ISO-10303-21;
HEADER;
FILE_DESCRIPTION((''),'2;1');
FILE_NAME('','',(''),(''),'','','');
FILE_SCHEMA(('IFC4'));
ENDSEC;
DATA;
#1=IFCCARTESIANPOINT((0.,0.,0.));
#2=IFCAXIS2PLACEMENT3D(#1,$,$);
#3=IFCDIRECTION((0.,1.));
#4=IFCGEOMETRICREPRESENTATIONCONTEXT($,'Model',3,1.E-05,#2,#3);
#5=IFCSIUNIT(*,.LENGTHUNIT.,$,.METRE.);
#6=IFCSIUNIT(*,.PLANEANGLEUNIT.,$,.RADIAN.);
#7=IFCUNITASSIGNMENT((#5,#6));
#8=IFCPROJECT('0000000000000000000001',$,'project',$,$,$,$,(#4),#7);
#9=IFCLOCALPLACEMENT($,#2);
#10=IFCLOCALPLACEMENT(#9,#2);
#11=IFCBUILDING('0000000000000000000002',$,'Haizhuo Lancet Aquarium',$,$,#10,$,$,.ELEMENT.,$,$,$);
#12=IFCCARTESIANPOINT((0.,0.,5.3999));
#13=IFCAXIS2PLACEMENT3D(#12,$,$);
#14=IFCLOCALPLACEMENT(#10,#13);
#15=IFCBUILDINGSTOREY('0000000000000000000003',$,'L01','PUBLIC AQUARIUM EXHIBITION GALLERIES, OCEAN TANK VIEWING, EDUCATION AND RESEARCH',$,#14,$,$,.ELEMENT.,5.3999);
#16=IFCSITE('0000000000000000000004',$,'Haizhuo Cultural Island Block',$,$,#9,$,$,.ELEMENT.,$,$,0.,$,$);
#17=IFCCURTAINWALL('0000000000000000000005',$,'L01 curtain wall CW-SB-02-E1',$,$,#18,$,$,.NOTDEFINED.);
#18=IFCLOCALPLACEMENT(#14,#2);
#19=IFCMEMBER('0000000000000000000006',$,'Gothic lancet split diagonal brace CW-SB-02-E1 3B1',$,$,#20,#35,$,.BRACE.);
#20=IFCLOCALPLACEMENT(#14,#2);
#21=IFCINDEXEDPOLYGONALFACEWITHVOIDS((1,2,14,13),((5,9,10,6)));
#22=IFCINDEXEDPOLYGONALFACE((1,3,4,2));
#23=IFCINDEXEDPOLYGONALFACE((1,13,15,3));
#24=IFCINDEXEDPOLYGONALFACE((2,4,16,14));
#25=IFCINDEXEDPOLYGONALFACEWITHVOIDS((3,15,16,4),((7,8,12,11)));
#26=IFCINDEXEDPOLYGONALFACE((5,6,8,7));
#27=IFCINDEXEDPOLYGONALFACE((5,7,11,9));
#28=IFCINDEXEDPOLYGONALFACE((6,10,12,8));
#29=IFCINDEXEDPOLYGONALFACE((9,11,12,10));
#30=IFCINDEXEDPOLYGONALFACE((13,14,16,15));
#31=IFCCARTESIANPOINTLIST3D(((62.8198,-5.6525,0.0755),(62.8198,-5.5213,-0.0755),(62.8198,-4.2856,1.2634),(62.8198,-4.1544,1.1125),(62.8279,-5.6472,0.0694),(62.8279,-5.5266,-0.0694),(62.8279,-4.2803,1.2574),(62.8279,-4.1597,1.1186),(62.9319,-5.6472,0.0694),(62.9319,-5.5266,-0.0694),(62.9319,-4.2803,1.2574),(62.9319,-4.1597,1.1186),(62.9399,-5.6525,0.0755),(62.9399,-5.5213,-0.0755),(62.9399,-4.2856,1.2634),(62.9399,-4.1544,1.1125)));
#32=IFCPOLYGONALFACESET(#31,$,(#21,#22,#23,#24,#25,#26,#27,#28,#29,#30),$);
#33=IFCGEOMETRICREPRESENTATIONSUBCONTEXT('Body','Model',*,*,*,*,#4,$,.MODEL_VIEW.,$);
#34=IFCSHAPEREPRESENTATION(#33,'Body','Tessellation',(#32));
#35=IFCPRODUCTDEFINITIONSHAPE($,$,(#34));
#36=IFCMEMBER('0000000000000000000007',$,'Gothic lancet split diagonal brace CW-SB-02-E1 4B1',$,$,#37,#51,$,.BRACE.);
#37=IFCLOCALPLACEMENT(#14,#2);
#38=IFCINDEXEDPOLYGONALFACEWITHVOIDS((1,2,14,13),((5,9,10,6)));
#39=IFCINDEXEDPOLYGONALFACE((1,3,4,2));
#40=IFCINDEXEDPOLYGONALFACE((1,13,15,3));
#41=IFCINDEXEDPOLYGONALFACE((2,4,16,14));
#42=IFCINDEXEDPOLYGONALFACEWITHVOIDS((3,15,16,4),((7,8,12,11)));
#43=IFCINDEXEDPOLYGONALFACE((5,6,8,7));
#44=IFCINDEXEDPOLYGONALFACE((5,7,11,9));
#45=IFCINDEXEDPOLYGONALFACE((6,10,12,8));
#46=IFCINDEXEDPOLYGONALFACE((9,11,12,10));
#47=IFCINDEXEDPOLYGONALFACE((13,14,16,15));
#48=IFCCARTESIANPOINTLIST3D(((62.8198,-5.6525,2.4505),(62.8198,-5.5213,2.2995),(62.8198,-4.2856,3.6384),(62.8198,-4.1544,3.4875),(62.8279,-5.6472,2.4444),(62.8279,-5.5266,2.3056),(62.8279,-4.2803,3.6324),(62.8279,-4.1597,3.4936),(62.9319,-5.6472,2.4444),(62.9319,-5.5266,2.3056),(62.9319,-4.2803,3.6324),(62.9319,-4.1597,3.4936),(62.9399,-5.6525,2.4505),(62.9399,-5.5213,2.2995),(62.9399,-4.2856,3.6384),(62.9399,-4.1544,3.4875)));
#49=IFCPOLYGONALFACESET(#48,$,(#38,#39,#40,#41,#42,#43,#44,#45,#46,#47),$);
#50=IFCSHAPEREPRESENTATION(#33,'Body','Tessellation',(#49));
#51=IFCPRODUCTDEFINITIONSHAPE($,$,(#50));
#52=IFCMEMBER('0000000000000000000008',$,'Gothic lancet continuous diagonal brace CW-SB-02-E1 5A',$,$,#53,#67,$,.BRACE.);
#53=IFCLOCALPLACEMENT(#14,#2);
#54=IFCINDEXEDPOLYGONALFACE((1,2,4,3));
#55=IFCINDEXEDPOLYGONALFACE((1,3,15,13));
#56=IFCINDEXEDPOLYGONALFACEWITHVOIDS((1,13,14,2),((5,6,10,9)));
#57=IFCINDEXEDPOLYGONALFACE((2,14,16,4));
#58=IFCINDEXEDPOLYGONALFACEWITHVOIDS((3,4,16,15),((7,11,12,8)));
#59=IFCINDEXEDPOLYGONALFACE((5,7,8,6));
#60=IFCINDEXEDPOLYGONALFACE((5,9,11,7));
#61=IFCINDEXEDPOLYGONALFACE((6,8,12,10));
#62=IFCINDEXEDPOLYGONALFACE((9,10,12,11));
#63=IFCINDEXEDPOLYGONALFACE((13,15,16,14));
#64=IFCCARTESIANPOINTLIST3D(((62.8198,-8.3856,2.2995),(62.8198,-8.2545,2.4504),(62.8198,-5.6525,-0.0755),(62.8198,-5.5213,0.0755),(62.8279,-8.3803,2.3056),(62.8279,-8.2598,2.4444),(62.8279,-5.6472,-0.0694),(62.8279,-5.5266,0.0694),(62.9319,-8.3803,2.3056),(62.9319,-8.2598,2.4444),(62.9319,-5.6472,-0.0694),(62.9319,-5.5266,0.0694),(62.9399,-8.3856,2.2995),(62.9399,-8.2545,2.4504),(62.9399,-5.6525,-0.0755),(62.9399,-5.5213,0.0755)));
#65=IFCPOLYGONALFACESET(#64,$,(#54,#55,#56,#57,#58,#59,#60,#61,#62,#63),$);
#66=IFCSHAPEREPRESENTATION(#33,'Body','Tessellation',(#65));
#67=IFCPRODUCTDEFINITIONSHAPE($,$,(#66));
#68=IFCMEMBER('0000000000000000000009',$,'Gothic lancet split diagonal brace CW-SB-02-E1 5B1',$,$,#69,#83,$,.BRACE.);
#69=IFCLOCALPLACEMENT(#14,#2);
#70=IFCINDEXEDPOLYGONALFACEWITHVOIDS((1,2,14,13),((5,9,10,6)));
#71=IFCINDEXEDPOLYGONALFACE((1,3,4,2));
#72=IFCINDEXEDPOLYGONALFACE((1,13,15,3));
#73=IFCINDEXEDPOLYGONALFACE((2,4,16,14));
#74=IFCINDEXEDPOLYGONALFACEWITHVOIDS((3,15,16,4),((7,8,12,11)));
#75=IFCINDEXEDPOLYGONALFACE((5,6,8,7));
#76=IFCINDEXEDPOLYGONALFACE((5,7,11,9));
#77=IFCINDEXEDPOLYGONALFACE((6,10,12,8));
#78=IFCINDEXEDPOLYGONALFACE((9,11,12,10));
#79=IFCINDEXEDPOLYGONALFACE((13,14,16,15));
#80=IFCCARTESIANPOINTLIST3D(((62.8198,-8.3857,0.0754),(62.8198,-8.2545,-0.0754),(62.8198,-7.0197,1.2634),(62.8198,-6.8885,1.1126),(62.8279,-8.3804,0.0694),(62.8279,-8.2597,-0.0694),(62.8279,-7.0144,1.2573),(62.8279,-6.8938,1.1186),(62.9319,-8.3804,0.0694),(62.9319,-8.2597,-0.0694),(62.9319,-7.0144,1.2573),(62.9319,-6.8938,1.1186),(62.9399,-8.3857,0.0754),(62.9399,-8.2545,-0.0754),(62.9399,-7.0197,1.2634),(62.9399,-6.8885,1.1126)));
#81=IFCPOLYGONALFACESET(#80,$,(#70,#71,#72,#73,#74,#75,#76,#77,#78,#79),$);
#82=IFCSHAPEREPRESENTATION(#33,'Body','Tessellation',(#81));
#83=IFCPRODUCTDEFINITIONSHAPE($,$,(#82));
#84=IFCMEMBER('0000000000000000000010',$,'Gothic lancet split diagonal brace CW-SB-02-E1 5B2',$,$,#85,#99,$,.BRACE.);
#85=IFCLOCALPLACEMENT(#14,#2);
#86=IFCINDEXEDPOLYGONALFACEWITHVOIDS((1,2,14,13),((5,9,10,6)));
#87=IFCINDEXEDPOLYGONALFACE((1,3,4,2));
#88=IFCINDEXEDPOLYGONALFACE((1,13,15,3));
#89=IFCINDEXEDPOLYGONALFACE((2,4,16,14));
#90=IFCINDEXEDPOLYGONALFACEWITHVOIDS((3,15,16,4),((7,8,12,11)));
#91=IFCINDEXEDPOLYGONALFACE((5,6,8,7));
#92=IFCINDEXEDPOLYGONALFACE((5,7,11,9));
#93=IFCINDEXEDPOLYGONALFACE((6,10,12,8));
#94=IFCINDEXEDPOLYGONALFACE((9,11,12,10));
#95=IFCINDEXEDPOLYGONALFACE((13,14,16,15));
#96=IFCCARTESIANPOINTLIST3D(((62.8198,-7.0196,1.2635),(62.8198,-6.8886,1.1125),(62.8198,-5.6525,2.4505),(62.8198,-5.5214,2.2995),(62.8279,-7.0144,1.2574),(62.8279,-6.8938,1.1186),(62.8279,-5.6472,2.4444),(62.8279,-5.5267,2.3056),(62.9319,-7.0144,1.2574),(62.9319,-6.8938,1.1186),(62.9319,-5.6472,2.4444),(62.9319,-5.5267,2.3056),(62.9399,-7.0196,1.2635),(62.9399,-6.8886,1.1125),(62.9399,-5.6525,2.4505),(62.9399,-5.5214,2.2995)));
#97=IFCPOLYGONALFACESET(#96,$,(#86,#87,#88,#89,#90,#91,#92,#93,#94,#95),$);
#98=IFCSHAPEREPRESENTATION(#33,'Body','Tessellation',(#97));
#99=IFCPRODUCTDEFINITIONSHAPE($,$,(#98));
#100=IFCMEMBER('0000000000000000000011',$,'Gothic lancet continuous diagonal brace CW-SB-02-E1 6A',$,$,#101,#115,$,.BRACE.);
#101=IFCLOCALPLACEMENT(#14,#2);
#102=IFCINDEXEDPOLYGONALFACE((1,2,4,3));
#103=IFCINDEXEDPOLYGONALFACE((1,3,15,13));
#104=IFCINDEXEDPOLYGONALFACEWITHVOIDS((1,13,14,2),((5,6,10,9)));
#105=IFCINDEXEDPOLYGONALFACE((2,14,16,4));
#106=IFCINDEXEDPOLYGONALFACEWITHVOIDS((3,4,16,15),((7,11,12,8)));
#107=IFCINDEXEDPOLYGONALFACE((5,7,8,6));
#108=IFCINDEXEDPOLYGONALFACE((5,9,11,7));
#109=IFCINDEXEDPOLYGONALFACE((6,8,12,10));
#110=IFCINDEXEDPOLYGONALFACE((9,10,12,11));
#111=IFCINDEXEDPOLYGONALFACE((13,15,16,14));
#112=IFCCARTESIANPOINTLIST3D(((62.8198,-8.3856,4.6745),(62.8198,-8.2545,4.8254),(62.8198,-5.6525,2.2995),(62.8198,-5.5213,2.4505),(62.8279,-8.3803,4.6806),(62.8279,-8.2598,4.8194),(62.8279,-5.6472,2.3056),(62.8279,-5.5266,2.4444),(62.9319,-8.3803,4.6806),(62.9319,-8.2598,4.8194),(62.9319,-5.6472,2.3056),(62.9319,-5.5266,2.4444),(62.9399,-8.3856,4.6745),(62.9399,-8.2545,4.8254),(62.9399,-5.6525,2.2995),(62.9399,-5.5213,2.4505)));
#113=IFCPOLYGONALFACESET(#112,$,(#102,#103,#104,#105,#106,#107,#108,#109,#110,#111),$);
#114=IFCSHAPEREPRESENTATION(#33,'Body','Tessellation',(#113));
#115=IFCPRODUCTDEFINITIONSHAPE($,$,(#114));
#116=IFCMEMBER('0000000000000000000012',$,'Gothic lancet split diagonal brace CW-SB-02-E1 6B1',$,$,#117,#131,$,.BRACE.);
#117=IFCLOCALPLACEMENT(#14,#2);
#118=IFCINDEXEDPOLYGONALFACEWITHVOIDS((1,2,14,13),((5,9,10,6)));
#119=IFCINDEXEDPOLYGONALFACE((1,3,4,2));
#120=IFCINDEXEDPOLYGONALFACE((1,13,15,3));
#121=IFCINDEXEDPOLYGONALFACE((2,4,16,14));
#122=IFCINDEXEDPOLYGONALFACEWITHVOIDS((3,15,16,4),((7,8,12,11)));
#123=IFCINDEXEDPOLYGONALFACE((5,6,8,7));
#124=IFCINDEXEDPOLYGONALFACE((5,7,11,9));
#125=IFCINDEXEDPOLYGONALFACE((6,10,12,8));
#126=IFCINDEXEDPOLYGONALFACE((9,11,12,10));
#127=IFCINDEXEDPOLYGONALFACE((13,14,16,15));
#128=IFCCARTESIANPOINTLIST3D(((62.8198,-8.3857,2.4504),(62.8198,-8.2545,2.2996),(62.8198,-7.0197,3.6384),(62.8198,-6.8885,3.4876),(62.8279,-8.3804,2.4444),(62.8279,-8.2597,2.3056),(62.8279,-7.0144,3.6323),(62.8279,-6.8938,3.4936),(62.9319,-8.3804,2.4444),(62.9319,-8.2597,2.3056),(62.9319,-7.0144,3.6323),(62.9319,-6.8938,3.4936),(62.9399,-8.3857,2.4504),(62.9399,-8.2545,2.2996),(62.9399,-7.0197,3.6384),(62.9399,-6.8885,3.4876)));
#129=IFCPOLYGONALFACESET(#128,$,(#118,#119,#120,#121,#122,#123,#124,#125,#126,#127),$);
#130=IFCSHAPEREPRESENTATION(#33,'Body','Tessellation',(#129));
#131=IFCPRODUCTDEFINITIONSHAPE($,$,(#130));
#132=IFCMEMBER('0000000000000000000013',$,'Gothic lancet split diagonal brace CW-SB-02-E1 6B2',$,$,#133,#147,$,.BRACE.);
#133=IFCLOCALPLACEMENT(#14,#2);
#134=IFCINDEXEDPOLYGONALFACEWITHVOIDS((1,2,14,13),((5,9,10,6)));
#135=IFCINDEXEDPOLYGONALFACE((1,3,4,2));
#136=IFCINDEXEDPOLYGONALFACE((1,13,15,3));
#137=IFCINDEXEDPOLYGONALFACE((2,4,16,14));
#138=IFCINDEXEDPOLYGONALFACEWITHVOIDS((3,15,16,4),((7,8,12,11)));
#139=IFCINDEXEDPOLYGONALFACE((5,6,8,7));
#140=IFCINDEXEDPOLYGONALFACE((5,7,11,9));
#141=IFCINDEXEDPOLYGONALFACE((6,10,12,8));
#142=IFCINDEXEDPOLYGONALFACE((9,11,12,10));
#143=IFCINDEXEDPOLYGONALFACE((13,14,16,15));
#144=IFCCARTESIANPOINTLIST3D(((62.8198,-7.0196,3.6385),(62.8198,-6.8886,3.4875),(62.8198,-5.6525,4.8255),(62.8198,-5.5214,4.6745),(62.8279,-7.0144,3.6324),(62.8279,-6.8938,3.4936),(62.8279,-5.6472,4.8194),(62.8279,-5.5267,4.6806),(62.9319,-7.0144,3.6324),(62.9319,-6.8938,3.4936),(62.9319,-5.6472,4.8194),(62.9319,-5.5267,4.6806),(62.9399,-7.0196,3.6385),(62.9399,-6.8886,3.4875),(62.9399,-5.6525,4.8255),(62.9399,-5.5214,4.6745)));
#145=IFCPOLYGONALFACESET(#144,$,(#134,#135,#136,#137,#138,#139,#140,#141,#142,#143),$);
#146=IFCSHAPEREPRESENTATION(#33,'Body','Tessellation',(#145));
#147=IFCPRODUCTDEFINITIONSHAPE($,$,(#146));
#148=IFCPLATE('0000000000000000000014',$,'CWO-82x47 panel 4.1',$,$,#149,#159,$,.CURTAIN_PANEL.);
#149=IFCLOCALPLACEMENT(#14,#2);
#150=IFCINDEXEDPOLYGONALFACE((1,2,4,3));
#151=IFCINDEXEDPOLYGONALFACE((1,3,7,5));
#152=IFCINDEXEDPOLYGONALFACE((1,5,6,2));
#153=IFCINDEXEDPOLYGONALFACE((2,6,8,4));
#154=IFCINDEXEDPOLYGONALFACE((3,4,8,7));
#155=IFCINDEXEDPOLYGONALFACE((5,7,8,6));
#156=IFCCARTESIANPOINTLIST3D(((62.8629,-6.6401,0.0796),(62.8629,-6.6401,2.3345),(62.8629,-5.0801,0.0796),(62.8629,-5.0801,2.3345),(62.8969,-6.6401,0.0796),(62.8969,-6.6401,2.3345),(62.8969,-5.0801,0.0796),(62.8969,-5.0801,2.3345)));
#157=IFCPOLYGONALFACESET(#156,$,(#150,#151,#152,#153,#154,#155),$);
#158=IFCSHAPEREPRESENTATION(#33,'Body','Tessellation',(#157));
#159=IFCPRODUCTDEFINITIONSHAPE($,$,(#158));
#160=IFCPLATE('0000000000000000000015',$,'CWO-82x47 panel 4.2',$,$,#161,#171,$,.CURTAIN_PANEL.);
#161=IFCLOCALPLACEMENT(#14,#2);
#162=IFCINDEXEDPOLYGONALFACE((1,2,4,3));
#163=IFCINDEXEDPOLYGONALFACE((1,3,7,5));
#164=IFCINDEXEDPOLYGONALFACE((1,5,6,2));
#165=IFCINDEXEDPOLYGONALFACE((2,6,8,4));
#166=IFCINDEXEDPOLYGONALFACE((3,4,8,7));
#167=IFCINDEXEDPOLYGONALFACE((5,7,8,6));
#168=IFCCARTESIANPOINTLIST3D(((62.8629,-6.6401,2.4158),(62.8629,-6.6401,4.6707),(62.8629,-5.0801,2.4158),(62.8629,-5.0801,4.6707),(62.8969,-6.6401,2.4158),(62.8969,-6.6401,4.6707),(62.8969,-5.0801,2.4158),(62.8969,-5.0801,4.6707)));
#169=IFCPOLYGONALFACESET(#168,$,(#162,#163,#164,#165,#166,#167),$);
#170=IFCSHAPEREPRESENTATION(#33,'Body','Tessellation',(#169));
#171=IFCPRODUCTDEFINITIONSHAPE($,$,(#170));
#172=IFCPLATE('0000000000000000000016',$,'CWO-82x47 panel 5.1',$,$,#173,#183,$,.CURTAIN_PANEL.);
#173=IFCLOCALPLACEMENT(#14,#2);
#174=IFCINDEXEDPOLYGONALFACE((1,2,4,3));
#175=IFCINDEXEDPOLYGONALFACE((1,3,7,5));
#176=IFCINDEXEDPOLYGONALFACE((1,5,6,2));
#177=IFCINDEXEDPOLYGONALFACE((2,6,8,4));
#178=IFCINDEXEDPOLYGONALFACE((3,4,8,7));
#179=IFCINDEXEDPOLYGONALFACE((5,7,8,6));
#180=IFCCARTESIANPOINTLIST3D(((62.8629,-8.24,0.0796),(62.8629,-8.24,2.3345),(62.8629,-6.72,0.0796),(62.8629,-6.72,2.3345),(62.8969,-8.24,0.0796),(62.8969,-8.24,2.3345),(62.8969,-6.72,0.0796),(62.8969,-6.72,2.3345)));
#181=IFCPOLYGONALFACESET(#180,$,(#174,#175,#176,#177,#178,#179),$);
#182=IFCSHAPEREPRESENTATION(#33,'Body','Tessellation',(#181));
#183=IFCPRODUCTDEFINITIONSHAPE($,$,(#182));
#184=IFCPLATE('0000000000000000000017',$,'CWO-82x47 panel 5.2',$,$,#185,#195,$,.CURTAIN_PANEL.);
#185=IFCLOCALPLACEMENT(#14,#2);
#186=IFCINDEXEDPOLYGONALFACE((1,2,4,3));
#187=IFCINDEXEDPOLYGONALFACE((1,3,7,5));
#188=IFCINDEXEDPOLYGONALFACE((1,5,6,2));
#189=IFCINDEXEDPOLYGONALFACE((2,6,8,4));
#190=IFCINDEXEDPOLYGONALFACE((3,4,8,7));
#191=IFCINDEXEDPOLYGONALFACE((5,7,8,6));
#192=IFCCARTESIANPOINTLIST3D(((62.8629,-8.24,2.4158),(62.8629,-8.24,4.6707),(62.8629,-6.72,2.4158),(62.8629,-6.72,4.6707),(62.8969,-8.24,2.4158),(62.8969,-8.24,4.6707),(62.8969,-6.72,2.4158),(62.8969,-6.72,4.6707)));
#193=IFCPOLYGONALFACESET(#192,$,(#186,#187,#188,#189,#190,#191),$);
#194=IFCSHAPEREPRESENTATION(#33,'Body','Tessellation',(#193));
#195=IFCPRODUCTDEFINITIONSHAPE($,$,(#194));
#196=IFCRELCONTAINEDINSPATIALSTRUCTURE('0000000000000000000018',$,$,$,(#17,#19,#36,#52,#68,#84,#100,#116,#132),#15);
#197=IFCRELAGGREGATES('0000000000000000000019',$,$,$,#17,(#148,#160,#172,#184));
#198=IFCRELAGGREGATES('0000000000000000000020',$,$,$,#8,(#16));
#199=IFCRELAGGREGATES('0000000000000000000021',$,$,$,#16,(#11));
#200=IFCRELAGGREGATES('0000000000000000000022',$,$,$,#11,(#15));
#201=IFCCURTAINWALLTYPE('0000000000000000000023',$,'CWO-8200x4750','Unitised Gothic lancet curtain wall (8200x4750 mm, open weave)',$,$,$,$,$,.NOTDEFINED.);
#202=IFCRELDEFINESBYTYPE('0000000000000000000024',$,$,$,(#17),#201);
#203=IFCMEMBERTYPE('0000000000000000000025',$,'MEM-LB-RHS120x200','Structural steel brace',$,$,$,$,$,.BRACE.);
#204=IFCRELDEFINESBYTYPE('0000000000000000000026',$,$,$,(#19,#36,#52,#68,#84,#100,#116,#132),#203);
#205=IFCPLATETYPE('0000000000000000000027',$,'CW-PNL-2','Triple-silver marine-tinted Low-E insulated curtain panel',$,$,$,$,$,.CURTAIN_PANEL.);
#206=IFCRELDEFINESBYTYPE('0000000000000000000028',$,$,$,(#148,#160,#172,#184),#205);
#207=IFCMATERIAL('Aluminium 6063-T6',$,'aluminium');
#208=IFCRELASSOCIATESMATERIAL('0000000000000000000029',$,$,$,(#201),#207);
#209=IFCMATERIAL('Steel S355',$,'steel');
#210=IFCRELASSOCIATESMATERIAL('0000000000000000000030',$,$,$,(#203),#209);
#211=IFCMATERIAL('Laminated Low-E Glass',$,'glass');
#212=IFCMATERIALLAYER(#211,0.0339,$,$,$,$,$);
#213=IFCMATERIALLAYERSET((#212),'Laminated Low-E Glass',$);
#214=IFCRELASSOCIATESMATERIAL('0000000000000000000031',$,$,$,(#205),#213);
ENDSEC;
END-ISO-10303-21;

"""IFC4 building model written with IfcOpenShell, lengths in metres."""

from ifc_helpers import new_model, si_unit, direction, frame, origin, origin_2d, place, context, subcontext, project, spatial, rectangle, hollow_rectangle, extrude, material, layer, layer_set, material_profile, profile_set, type_object, element, aggregate, save


model = new_model("IFC4")

# Units and contexts
model_context = context("Model", 3, precision=1e-05, world=origin(), true_north=direction((0.0, 1.0)))
body_context = subcontext(model_context, "Body", "Model", "MODEL_VIEW")
ifc_project = project(units=[si_unit("LENGTHUNIT", "METRE"), si_unit("PLANEANGLEUNIT", "RADIAN")], contexts=[model_context])

# Site, building, storey
site_placement = place(None, origin())
site = spatial("IfcSite", under=ifc_project, at=site_placement, Name="Haizhuo Cultural Island Block", CompositionType="ELEMENT", RefElevation=0.0)
building_placement = place(site_placement, origin())
building = spatial("IfcBuilding", under=site, at=building_placement, Name="Haizhuo Lancet Aquarium", CompositionType="ELEMENT")
storey_placement = place(building_placement, frame((0.0, 0.0, 5.3999)))
storey = spatial("IfcBuildingStorey", under=building, at=storey_placement, Name="L01", Description="PUBLIC AQUARIUM EXHIBITION GALLERIES, OCEAN TANK VIEWING, EDUCATION AND RESEARCH", CompositionType="ELEMENT", Elevation=5.3999)

# Curtain wall
ifc_material_1 = material(Name="Aluminium 6063-T6", Category="aluminium")
curtain_wall_type = type_object("IfcCurtainWallType", Name="CWO-8200x4750", Description="Unitised Gothic lancet curtain wall (8200x4750 mm, open weave)", PredefinedType="NOTDEFINED", material=ifc_material_1)
curtain_wall_1_placement = place(storey_placement, origin())
curtain_wall_1 = element("IfcCurtainWall", 1, at=curtain_wall_1_placement, inside=storey, type_object=curtain_wall_type, Name="L01 curtain wall CW-SB-02-E1", PredefinedType="NOTDEFINED")

# Members
ifc_material_2 = material(Name="Steel S355", Category="steel")
ifc_material_profile_1 = material_profile(ifc_material_2, hollow_rectangle(XDim=0.1201, YDim=0.2, WallThickness=0.0081, at=origin_2d()), Name="RHS 120x200x8")
ifc_profile_set_1 = profile_set([ifc_material_profile_1], Name="Steel S355")
member_type_1 = type_object("IfcMemberType", Name="MEM-LB-RHS120x200", Description="Structural steel brace", PredefinedType="BRACE", material=ifc_profile_set_1)
for number, where, z_axis, x_axis, name in (
    (2, (62.8799, -5.5869, 0.0), (0.0, 0.754785, 0.655972), (-1.0, 0.0, 0.0), "Gothic lancet split diagonal brace CW-SB-02-E1 3B1"),
    (3, (62.8799, -5.5869, 2.375), (0.0, 0.754785, 0.655972), (-1.0, 0.0, 0.0), "Gothic lancet split diagonal brace CW-SB-02-E1 4B1"),
):
    element("IfcMember", number, at=place(storey_placement, frame(where, z_axis=z_axis, x_axis=x_axis)), inside=storey, type_object=member_type_1, Name=name, PredefinedType="BRACE", context=body_context, shape_type="SweptSolid", body=[
        extrude(hollow_rectangle(XDim=0.1201, YDim=0.2, WallThickness=0.0081, at=origin_2d()), origin(), (0.0, 0.0, 1.0), 1.811),
    ])
member_1_placement = place(storey_placement, frame((62.8799, -5.5869, 0.0), z_axis=(0.0, -0.754832, 0.655918), x_axis=(1.0, 0.0, 0.0)))
element("IfcMember", 4, at=member_1_placement, inside=storey, type_object=member_type_1, Name="Gothic lancet continuous diagonal brace CW-SB-02-E1 5A", PredefinedType="BRACE", context=body_context, shape_type="SweptSolid", body=[
    extrude(hollow_rectangle(XDim=0.1201, YDim=0.2, WallThickness=0.0081, at=origin_2d()), origin(), (0.0, 0.0, 1.0), 3.6208),
])
member_2_placement = place(storey_placement, frame((62.8799, -8.3201, 0.0), z_axis=(0.0, 0.754553, 0.656239), x_axis=(-1.0, 0.0, 0.0)))
element("IfcMember", 5, at=member_2_placement, inside=storey, type_object=member_type_1, Name="Gothic lancet split diagonal brace CW-SB-02-E1 5B1", PredefinedType="BRACE", context=body_context, shape_type="SweptSolid", body=[
    extrude(hollow_rectangle(XDim=0.1201, YDim=0.2, WallThickness=0.0081, at=origin_2d()), origin(), (0.0, 0.0, 1.0), 1.8103),
])
member_3_placement = place(storey_placement, frame((62.8799, -6.9541, 1.188), z_axis=(0.0, 0.75511, 0.655598), x_axis=(-1.0, 0.0, 0.0)))
element("IfcMember", 6, at=member_3_placement, inside=storey, type_object=member_type_1, Name="Gothic lancet split diagonal brace CW-SB-02-E1 5B2", PredefinedType="BRACE", context=body_context, shape_type="SweptSolid", body=[
    extrude(hollow_rectangle(XDim=0.1201, YDim=0.2, WallThickness=0.0081, at=origin_2d()), origin(), (0.0, 0.0, 1.0), 1.8105),
])
member_4_placement = place(storey_placement, frame((62.8799, -5.5869, 2.375), z_axis=(0.0, -0.754832, 0.655918), x_axis=(1.0, 0.0, 0.0)))
element("IfcMember", 7, at=member_4_placement, inside=storey, type_object=member_type_1, Name="Gothic lancet continuous diagonal brace CW-SB-02-E1 6A", PredefinedType="BRACE", context=body_context, shape_type="SweptSolid", body=[
    extrude(hollow_rectangle(XDim=0.1201, YDim=0.2, WallThickness=0.0081, at=origin_2d()), origin(), (0.0, 0.0, 1.0), 3.6208),
])
member_5_placement = place(storey_placement, frame((62.8799, -8.3201, 2.375), z_axis=(0.0, 0.754553, 0.656239), x_axis=(-1.0, 0.0, 0.0)))
element("IfcMember", 8, at=member_5_placement, inside=storey, type_object=member_type_1, Name="Gothic lancet split diagonal brace CW-SB-02-E1 6B1", PredefinedType="BRACE", context=body_context, shape_type="SweptSolid", body=[
    extrude(hollow_rectangle(XDim=0.1201, YDim=0.2, WallThickness=0.0081, at=origin_2d()), origin(), (0.0, 0.0, 1.0), 1.8103),
])
member_6_placement = place(storey_placement, frame((62.8799, -6.9541, 3.563), z_axis=(0.0, 0.75511, 0.655598), x_axis=(-1.0, 0.0, 0.0)))
element("IfcMember", 9, at=member_6_placement, inside=storey, type_object=member_type_1, Name="Gothic lancet split diagonal brace CW-SB-02-E1 6B2", PredefinedType="BRACE", context=body_context, shape_type="SweptSolid", body=[
    extrude(hollow_rectangle(XDim=0.1201, YDim=0.2, WallThickness=0.0081, at=origin_2d()), origin(), (0.0, 0.0, 1.0), 1.8105),
])

# Plates
ifc_material_3 = material(Name="Laminated Low-E Glass", Category="glass")
ifc_layer = layer(ifc_material_3, 0.0339)
ifc_layer_set = layer_set([ifc_layer], Name="Laminated Low-E Glass")
plate_type = type_object("IfcPlateType", Name="CW-PNL-2", Description="Triple-silver marine-tinted Low-E insulated curtain panel", PredefinedType="CURTAIN_PANEL", material=ifc_layer_set)
plate_1_placement = place(storey_placement, frame((62.8799, -5.8601, 0.0796), z_axis=(0.0, 0.0, 1.0), x_axis=(0.0, -1.0, 0.0)))
plate_1 = element("IfcPlate", 10, at=plate_1_placement, type_object=plate_type, Name="CWO-82x47 panel 4.1", PredefinedType="CURTAIN_PANEL", context=body_context, shape_type="SweptSolid", body=[
    extrude(rectangle(XDim=1.5601, YDim=0.0339, at=origin_2d()), origin(), (0.0, 0.0, 1.0), 2.2549),
])
plate_2_placement = place(storey_placement, frame((62.8799, -5.8601, 2.4158), z_axis=(0.0, 0.0, 1.0), x_axis=(0.0, -1.0, 0.0)))
plate_2 = element("IfcPlate", 11, at=plate_2_placement, type_object=plate_type, Name="CWO-82x47 panel 4.2", PredefinedType="CURTAIN_PANEL", context=body_context, shape_type="SweptSolid", body=[
    extrude(rectangle(XDim=1.5601, YDim=0.0339, at=origin_2d()), origin(), (0.0, 0.0, 1.0), 2.2549),
])
plate_3_placement = place(storey_placement, frame((62.8799, -7.48, 0.0796), z_axis=(0.0, 0.0, 1.0), x_axis=(0.0, -1.0, 0.0)))
plate_3 = element("IfcPlate", 12, at=plate_3_placement, type_object=plate_type, Name="CWO-82x47 panel 5.1", PredefinedType="CURTAIN_PANEL", context=body_context, shape_type="SweptSolid", body=[
    extrude(rectangle(XDim=1.52, YDim=0.0339, at=origin_2d()), origin(), (0.0, 0.0, 1.0), 2.2549),
])
plate_4_placement = place(storey_placement, frame((62.8799, -7.48, 2.4158), z_axis=(0.0, 0.0, 1.0), x_axis=(0.0, -1.0, 0.0)))
plate_4 = element("IfcPlate", 13, at=plate_4_placement, type_object=plate_type, Name="CWO-82x47 panel 5.2", PredefinedType="CURTAIN_PANEL", context=body_context, shape_type="SweptSolid", body=[
    extrude(rectangle(XDim=1.52, YDim=0.0339, at=origin_2d()), origin(), (0.0, 0.0, 1.0), 2.2549),
])
aggregate(curtain_wall_1, [plate_1, plate_2, plate_3, plate_4])

save(model, "model.ifc")
